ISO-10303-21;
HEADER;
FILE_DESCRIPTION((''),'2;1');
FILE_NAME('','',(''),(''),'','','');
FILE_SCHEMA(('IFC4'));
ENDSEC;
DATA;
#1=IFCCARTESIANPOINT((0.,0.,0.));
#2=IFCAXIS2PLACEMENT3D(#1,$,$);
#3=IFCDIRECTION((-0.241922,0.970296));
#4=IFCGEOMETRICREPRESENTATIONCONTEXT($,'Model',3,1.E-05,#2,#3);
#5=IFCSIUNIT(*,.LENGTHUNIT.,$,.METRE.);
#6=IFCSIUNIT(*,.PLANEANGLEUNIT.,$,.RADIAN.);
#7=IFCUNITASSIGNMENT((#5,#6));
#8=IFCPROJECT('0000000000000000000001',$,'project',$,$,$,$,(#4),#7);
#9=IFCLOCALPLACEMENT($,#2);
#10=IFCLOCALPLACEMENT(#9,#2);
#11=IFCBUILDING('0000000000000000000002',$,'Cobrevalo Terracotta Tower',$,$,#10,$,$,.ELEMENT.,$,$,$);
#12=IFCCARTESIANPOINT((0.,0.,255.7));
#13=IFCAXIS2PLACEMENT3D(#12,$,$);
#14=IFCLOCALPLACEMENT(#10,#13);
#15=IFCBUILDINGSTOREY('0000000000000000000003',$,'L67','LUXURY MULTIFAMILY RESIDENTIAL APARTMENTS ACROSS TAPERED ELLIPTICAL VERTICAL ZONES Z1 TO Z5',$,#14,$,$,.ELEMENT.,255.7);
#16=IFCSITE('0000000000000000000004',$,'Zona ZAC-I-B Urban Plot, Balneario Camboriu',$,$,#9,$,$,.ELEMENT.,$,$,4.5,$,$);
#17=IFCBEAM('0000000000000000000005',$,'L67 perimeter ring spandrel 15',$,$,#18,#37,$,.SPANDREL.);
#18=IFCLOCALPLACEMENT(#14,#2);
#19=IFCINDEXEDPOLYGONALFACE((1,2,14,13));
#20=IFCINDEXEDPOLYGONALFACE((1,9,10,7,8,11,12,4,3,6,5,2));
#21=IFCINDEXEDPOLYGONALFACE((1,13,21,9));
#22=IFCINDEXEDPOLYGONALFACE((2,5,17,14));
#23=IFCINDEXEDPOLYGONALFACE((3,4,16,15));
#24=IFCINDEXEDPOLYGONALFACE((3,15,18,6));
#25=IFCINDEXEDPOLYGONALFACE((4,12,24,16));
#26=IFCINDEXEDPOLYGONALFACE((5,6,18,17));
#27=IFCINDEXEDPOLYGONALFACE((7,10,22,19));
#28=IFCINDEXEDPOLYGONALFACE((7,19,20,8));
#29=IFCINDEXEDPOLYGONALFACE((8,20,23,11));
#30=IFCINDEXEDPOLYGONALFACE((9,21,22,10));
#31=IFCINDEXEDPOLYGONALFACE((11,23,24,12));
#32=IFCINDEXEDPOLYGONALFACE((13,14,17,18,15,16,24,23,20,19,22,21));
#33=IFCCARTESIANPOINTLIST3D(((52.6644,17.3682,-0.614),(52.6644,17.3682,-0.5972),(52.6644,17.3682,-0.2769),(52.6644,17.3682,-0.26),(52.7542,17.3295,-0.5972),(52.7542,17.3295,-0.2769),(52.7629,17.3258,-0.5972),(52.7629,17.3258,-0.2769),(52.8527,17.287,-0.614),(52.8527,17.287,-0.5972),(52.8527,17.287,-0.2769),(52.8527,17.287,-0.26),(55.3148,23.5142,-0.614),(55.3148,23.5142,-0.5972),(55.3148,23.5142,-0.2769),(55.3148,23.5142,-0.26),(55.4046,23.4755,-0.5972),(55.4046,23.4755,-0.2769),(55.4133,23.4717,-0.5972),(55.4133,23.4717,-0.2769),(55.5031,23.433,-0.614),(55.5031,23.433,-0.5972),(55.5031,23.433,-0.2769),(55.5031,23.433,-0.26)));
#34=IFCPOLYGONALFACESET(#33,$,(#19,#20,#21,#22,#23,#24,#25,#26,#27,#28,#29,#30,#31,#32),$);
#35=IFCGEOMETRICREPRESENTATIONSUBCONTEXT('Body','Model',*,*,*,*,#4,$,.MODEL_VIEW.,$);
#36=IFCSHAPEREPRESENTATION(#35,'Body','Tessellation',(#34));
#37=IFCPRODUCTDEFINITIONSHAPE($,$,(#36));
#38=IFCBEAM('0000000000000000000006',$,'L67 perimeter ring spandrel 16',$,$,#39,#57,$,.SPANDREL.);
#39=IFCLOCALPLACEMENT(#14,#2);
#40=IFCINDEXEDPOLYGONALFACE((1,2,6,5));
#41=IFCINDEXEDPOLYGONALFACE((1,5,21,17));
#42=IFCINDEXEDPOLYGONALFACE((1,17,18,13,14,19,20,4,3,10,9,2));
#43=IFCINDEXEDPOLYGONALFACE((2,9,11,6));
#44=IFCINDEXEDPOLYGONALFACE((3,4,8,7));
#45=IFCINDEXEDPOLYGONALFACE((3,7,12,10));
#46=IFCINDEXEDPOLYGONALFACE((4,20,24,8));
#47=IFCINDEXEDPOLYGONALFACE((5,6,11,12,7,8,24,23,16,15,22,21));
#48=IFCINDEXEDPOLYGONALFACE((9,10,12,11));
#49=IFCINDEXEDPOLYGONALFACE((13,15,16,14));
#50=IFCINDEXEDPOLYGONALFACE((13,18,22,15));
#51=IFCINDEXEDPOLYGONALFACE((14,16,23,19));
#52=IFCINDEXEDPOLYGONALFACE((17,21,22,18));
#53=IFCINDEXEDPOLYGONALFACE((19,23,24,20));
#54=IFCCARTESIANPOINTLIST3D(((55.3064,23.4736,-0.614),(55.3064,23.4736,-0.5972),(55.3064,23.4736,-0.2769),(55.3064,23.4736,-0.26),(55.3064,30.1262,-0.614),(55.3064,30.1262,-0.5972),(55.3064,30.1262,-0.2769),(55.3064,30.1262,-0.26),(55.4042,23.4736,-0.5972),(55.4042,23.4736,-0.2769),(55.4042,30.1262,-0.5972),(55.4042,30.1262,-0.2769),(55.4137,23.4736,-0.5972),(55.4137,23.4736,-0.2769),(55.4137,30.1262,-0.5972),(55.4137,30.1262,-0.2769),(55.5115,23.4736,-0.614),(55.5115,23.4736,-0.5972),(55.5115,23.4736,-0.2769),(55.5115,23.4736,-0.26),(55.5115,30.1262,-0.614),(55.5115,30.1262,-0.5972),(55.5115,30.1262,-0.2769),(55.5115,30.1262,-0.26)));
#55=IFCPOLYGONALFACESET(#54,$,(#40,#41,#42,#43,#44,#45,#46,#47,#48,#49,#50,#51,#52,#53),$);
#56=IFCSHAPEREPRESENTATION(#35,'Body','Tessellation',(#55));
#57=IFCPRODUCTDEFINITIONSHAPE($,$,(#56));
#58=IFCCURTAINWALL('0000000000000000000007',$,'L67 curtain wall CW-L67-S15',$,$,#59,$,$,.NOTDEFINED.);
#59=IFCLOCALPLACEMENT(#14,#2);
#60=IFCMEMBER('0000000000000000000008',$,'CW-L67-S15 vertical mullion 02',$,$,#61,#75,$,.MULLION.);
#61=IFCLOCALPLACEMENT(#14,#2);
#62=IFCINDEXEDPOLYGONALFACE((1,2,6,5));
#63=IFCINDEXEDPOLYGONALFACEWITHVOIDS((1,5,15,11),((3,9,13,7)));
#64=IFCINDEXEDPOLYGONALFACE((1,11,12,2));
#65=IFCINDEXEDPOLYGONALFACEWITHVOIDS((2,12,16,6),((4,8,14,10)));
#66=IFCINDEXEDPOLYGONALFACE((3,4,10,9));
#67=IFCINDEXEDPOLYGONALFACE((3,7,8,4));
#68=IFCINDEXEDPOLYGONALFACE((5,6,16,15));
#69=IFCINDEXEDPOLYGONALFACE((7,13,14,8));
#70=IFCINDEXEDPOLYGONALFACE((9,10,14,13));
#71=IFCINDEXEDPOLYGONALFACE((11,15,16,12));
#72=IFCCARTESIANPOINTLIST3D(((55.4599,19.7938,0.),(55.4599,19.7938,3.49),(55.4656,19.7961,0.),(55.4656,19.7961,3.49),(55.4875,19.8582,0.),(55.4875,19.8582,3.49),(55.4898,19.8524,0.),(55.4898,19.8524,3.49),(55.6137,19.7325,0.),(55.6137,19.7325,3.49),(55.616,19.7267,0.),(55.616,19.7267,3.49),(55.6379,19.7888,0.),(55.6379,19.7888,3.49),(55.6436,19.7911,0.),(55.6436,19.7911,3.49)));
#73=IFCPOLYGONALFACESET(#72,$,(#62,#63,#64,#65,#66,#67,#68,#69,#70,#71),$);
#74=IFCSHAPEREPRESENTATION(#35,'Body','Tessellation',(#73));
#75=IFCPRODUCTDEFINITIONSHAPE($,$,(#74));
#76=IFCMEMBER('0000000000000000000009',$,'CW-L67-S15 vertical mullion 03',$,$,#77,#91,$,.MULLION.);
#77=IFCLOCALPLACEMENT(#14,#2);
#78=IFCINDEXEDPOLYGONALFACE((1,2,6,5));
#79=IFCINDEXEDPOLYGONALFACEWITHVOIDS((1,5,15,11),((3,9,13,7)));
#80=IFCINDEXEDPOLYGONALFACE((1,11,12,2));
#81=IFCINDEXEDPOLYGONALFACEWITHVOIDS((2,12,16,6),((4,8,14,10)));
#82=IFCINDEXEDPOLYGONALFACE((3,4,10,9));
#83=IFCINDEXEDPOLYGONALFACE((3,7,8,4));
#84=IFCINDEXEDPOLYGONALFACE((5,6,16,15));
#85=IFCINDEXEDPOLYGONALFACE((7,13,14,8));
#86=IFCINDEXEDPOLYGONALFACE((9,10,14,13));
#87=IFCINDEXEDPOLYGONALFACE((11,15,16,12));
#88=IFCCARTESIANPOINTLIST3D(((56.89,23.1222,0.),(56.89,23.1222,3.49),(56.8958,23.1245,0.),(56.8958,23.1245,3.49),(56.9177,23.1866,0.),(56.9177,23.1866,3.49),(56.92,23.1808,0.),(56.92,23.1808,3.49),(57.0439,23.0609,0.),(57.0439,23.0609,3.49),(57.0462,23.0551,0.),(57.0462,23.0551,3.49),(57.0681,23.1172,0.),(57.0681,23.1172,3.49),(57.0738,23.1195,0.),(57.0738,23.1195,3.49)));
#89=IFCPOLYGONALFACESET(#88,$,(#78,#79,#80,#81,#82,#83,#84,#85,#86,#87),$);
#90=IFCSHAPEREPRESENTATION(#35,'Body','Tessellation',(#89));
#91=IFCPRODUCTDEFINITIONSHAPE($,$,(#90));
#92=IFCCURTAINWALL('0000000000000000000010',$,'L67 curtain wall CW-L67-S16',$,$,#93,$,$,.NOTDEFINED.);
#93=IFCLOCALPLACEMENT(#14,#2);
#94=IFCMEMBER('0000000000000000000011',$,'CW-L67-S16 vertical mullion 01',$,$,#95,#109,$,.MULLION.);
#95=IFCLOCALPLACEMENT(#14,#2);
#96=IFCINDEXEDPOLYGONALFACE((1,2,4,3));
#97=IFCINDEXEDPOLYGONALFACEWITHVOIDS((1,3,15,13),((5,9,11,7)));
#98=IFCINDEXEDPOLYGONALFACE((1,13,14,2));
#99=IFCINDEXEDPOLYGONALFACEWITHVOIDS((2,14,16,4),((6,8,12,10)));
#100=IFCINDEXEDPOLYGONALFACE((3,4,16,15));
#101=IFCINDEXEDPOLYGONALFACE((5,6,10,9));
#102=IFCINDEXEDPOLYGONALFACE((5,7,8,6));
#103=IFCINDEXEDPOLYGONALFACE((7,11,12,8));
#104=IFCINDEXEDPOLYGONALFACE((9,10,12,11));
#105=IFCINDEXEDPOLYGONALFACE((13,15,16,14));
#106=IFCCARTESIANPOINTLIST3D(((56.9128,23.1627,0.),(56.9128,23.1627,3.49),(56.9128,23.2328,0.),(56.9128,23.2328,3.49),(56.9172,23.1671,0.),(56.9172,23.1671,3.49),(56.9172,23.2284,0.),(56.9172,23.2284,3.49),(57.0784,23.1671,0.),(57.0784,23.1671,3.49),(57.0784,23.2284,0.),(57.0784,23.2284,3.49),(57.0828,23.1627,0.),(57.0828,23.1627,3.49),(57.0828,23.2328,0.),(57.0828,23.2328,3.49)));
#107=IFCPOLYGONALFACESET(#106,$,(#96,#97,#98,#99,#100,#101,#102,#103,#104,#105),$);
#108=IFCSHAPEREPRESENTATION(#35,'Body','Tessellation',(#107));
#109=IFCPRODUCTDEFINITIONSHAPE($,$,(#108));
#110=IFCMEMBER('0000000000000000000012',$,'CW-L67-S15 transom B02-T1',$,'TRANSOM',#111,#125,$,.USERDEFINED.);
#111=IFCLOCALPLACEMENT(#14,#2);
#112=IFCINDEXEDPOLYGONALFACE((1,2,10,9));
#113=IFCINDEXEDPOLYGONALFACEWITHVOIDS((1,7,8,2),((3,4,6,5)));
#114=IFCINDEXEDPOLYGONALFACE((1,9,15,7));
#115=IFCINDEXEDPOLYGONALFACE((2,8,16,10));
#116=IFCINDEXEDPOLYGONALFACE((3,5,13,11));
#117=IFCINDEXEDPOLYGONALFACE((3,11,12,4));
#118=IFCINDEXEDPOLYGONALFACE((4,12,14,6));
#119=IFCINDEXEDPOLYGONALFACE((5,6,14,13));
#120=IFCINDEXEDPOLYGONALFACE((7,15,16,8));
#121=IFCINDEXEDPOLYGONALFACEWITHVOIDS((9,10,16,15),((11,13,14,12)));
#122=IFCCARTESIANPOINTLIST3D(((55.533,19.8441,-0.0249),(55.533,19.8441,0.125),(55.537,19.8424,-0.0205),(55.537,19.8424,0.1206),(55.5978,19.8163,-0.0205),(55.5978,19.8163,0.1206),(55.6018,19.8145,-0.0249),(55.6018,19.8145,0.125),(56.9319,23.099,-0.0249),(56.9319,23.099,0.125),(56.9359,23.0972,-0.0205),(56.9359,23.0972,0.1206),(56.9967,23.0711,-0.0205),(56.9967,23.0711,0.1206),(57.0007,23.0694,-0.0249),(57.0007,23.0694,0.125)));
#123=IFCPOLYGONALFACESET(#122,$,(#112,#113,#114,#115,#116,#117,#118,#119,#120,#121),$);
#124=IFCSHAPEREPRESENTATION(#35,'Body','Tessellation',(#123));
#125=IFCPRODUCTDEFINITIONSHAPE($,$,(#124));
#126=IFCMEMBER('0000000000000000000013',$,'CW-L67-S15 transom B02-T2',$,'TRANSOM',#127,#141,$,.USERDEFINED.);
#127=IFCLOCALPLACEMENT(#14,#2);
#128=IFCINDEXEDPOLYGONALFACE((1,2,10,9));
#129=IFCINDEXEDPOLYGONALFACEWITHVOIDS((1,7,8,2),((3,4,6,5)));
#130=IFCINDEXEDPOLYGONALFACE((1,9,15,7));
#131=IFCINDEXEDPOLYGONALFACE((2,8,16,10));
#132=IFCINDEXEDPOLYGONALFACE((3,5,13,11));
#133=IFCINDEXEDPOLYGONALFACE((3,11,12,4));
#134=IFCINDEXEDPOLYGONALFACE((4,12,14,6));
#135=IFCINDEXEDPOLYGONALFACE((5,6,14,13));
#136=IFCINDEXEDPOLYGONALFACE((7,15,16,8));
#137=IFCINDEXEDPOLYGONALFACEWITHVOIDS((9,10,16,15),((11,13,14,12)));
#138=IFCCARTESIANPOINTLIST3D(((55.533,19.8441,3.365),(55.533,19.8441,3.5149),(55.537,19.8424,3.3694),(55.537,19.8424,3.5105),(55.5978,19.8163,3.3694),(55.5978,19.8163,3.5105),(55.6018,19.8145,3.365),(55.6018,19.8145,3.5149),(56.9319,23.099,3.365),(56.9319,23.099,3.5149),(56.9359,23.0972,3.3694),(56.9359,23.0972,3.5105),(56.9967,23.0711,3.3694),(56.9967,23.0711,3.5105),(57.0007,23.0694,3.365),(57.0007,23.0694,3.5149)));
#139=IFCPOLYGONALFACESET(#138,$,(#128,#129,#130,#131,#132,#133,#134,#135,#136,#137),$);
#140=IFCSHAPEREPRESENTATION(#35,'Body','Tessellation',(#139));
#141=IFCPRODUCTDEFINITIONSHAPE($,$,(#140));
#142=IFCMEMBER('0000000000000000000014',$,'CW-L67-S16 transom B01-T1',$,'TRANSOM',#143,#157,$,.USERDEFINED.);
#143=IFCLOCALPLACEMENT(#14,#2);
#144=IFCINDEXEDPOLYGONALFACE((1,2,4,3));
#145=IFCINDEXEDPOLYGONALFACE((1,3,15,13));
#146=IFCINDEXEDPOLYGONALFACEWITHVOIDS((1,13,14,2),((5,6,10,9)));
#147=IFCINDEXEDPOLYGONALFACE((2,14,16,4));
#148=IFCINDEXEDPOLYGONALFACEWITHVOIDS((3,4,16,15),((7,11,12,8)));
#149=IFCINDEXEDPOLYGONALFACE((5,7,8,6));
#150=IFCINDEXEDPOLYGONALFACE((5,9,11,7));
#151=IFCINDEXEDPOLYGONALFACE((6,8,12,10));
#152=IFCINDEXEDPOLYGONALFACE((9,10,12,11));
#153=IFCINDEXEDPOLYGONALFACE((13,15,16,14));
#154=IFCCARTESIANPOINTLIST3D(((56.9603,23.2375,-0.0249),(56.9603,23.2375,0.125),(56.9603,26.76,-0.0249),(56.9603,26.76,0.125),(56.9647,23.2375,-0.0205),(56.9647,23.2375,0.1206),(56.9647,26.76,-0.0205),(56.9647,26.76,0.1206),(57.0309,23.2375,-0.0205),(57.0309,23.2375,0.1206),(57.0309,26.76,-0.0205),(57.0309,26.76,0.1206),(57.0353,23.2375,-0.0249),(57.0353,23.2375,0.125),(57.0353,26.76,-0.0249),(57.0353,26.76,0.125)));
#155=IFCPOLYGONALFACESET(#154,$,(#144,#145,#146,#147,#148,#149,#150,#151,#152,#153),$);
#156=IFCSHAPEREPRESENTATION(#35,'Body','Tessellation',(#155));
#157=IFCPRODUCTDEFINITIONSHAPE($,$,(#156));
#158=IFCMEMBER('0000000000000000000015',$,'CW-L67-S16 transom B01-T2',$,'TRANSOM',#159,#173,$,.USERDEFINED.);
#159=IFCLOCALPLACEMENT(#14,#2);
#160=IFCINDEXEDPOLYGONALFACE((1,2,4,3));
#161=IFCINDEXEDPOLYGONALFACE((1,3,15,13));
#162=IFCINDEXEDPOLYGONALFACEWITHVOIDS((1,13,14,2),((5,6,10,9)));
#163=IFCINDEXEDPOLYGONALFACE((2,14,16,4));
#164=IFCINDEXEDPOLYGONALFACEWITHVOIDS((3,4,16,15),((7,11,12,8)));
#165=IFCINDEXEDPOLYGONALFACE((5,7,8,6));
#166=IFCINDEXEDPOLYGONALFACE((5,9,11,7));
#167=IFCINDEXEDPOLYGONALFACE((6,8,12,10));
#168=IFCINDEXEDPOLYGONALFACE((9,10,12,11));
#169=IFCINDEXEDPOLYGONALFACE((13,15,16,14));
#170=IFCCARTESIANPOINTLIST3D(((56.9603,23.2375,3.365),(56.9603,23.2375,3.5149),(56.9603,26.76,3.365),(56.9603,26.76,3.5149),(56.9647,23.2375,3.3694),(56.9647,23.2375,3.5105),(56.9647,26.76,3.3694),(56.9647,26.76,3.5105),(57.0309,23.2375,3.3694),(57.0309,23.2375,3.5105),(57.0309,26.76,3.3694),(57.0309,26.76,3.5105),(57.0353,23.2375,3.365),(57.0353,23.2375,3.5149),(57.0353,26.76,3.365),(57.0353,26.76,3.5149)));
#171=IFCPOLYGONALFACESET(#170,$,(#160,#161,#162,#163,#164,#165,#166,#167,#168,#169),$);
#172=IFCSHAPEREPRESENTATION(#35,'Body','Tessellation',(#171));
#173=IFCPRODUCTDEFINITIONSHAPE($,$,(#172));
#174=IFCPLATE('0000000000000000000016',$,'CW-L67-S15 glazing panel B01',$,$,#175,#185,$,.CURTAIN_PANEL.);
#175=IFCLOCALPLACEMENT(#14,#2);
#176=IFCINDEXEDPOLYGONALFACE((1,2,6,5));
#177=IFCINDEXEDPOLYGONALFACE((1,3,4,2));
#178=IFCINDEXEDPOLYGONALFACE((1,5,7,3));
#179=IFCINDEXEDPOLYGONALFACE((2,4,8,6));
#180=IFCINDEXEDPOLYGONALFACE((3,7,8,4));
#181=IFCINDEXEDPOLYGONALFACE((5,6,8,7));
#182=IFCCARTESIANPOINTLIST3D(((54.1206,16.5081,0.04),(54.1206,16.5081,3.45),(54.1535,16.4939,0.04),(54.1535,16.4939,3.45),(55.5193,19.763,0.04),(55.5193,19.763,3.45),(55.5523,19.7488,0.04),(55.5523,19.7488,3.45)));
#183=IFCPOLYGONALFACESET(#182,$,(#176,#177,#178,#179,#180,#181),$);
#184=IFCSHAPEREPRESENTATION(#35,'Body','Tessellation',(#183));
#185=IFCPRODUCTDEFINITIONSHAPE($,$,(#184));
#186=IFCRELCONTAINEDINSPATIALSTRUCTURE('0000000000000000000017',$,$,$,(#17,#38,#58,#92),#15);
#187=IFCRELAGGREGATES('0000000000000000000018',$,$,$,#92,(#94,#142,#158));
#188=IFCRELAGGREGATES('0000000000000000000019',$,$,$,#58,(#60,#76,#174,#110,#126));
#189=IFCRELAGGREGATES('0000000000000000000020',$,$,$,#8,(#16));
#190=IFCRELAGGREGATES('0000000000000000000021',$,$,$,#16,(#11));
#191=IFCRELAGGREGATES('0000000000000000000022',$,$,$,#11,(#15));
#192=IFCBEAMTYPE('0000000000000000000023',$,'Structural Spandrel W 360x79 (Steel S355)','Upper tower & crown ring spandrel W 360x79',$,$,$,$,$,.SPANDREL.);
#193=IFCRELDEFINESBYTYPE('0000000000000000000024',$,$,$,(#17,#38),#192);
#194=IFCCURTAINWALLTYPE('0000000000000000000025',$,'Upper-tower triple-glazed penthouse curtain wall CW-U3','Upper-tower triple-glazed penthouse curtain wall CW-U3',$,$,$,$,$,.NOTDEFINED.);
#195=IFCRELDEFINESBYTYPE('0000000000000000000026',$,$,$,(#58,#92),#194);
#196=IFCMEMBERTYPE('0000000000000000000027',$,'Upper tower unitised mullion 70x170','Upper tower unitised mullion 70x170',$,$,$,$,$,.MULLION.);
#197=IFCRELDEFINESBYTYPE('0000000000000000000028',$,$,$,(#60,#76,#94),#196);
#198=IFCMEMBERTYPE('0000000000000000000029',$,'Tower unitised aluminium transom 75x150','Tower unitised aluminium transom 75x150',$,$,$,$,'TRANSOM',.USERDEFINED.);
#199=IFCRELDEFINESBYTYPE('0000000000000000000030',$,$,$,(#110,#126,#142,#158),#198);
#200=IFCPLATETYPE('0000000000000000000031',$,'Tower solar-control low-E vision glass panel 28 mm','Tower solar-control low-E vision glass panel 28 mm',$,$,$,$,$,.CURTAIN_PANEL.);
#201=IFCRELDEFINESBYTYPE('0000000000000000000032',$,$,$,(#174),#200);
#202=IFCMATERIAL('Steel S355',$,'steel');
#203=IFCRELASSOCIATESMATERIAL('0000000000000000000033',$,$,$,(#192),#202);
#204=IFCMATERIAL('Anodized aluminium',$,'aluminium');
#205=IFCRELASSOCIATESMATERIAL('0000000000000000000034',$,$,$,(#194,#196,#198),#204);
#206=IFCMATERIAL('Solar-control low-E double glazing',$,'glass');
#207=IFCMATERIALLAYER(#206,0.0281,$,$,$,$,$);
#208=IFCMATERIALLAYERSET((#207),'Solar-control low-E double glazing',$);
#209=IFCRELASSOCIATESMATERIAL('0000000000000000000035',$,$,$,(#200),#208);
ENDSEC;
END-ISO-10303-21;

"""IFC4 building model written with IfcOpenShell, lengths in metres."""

from ifc_helpers import new_model, si_unit, direction, frame, origin, origin_2d, place, context, subcontext, project, spatial, rectangle, hollow_rectangle, i_section, extrude, source, transform, mapped, material, layer, layer_set, material_profile, profile_set, type_object, element, aggregate, save


model = new_model("IFC4")

# Units and contexts
model_context = context("Model", 3, precision=1e-05, world=origin(), true_north=direction((-0.241922, 0.970296)))
body_context = subcontext(model_context, "Body", "Model", "MODEL_VIEW")
ifc_project = project(units=[si_unit("LENGTHUNIT", "METRE"), si_unit("PLANEANGLEUNIT", "RADIAN")], contexts=[model_context])

# Site, building, storey
site_placement = place(None, origin())
site = spatial("IfcSite", under=ifc_project, at=site_placement, Name="Zona ZAC-I-B Urban Plot, Balneario Camboriu", CompositionType="ELEMENT", RefElevation=4.5)
building_placement = place(site_placement, origin())
building = spatial("IfcBuilding", under=site, at=building_placement, Name="Cobrevalo Terracotta Tower", CompositionType="ELEMENT")
storey_placement = place(building_placement, frame((0.0, 0.0, 255.7)))
storey = spatial("IfcBuildingStorey", under=building, at=storey_placement, Name="L67", Description="LUXURY MULTIFAMILY RESIDENTIAL APARTMENTS ACROSS TAPERED ELLIPTICAL VERTICAL ZONES Z1 TO Z5", CompositionType="ELEMENT", Elevation=255.7)

# Shared definitions
ifc_material_1 = material(Name="Steel S355", Category="steel")

# Beams
ifc_material_profile_1 = material_profile(ifc_material_1, i_section(OverallWidth=0.2051, OverallDepth=0.354, WebThickness=0.0095, FlangeThickness=0.0168, at=origin_2d()), Name="W 360x79")
ifc_profile_set_1 = profile_set([ifc_material_profile_1], Name="Steel S355")
beam_type_1 = type_object("IfcBeamType", Name="Structural Spandrel W 360x79 (Steel S355)", Description="Upper tower & crown ring spandrel W 360x79", PredefinedType="SPANDREL", material=ifc_profile_set_1)
beam_1_placement = place(storey_placement, frame((52.7585, 17.3276, -0.437), z_axis=(0.395987, 0.918256, 0.0), x_axis=(-0.918256, 0.395987, 0.0)))
element("IfcBeam", 1, at=beam_1_placement, inside=storey, type_object=beam_type_1, Name="L67 perimeter ring spandrel 15", PredefinedType="SPANDREL", context=body_context, shape_type="SweptSolid", body=[
    extrude(i_section(OverallWidth=0.2051, OverallDepth=0.354, WebThickness=0.0095, FlangeThickness=0.0168, at=origin_2d()), origin(), (0.0, 0.0, 1.0), 6.6931),
])
beam_2_placement = place(storey_placement, frame((55.4089, 23.4736, -0.437), z_axis=(0.0, 1.0, 0.0), x_axis=(-1.0, 0.0, 0.0)))
element("IfcBeam", 2, at=beam_2_placement, inside=storey, type_object=beam_type_1, Name="L67 perimeter ring spandrel 16", PredefinedType="SPANDREL", context=body_context, shape_type="SweptSolid", body=[
    extrude(i_section(OverallWidth=0.2051, OverallDepth=0.354, WebThickness=0.0095, FlangeThickness=0.0168, at=origin_2d()), origin(), (0.0, 0.0, 1.0), 6.6526),
])

# Curtain wall, members
ifc_material_2 = material(Name="Anodized aluminium", Category="aluminium")
curtain_wall_type = type_object("IfcCurtainWallType", Name="Upper-tower triple-glazed penthouse curtain wall CW-U3", Description="Upper-tower triple-glazed penthouse curtain wall CW-U3", PredefinedType="NOTDEFINED", material=ifc_material_2)
curtain_wall_1_placement = place(storey_placement, origin())
curtain_wall_1 = element("IfcCurtainWall", 3, at=curtain_wall_1_placement, inside=storey, type_object=curtain_wall_type, Name="L67 curtain wall CW-L67-S15", PredefinedType="NOTDEFINED")
ifc_material_profile_2 = material_profile(ifc_material_2, hollow_rectangle(XDim=0.0701, YDim=0.1699, WallThickness=0.0044, at=origin_2d()), Name="CWM 70x170")
ifc_profile_set_2 = profile_set([ifc_material_profile_2], Name="Anodized aluminium")
member_type_1 = type_object("IfcMemberType", Name="Upper tower unitised mullion 70x170", Description="Upper tower unitised mullion 70x170", PredefinedType="MULLION", material=ifc_profile_set_2)
shared_shape_1 = source(origin(), body_context, "Body", "SweptSolid", [
    extrude(hollow_rectangle(XDim=0.0701, YDim=0.1699, WallThickness=0.0044, at=origin_2d()), origin(), (0.0, 0.0, 1.0), 3.49),
])
member_1_placement = place(storey_placement, frame((55.5518, 19.7925, 0.0), z_axis=(0.0, 0.0, 1.0), x_axis=(0.394824, 0.918757, 0.0)))
member_1 = element("IfcMember", 4, at=member_1_placement, type_object=member_type_1, Name="CW-L67-S15 vertical mullion 02", PredefinedType="MULLION", context=body_context, shape_type="MappedRepresentation", body=[
    mapped(shared_shape_1, transform((0.0, 0.0, 0.0), scale=1.0)),
])
member_2_placement = place(storey_placement, frame((56.9819, 23.1208, 0.0), z_axis=(0.0, 0.0, 1.0), x_axis=(0.394824, 0.918757, 0.0)))
member_2 = element("IfcMember", 5, at=member_2_placement, type_object=member_type_1, Name="CW-L67-S15 vertical mullion 03", PredefinedType="MULLION", context=body_context, shape_type="MappedRepresentation", body=[
    mapped(shared_shape_1, transform((0.0, 0.0, 0.0), scale=1.0)),
])

# Curtain wall, member
curtain_wall_2_placement = place(storey_placement, origin())
curtain_wall_2 = element("IfcCurtainWall", 6, at=curtain_wall_2_placement, inside=storey, type_object=curtain_wall_type, Name="L67 curtain wall CW-L67-S16", PredefinedType="NOTDEFINED")
member_3_placement = place(storey_placement, frame((56.9978, 23.1978, 0.0), z_axis=(0.0, 0.0, 1.0), x_axis=(0.0, 1.0, 0.0)))
member_3 = element("IfcMember", 7, at=member_3_placement, type_object=member_type_1, Name="CW-L67-S16 vertical mullion 01", PredefinedType="MULLION", context=body_context, shape_type="MappedRepresentation", body=[
    mapped(shared_shape_1, transform((0.0, 0.0, 0.0), scale=1.0)),
])

# Members
ifc_material_profile_3 = material_profile(ifc_material_2, hollow_rectangle(XDim=0.075, YDim=0.1499, WallThickness=0.0044, at=origin_2d()), Name="CWT 75x150")
ifc_profile_set_3 = profile_set([ifc_material_profile_3], Name="Anodized aluminium")
member_type_2 = type_object("IfcMemberType", Name="Tower unitised aluminium transom 75x150", Description="Tower unitised aluminium transom 75x150", ElementType="TRANSOM", PredefinedType="USERDEFINED", material=ifc_profile_set_3)
shared_shape_2 = source(origin(), body_context, "Body", "SweptSolid", [
    extrude(hollow_rectangle(XDim=0.075, YDim=0.1499, WallThickness=0.0044, at=origin_2d()), origin(), (0.0, 0.0, 1.0), 3.5427),
])
member_4_placement = place(storey_placement, frame((55.5674, 19.8293, 0.05), z_axis=(0.394867, 0.918738, 0.0), x_axis=(-0.918738, 0.394867, 0.0)))
member_4 = element("IfcMember", 8, at=member_4_placement, type_object=member_type_2, Name="CW-L67-S15 transom B02-T1", ObjectType="TRANSOM", PredefinedType="USERDEFINED", context=body_context, shape_type="MappedRepresentation", body=[
    mapped(shared_shape_2, transform((0.0, 0.0, 0.0), scale=1.0)),
])
member_5_placement = place(storey_placement, frame((55.5674, 19.8293, 3.4399), z_axis=(0.394867, 0.918738, 0.0), x_axis=(-0.918738, 0.394867, 0.0)))
member_5 = element("IfcMember", 9, at=member_5_placement, type_object=member_type_2, Name="CW-L67-S15 transom B02-T2", ObjectType="TRANSOM", PredefinedType="USERDEFINED", context=body_context, shape_type="MappedRepresentation", body=[
    mapped(shared_shape_2, transform((0.0, 0.0, 0.0), scale=1.0)),
])
shared_shape_3 = source(origin(), body_context, "Body", "SweptSolid", [
    extrude(hollow_rectangle(XDim=0.075, YDim=0.1499, WallThickness=0.0044, at=origin_2d()), origin(), (0.0, 0.0, 1.0), 3.5225),
])
member_6_placement = place(storey_placement, frame((56.9978, 23.2375, 0.05), z_axis=(0.0, 1.0, 0.0), x_axis=(-1.0, 0.0, 0.0)))
member_6 = element("IfcMember", 10, at=member_6_placement, type_object=member_type_2, Name="CW-L67-S16 transom B01-T1", ObjectType="TRANSOM", PredefinedType="USERDEFINED", context=body_context, shape_type="MappedRepresentation", body=[
    mapped(shared_shape_3, transform((0.0, 0.0, 0.0), scale=1.0)),
])
member_7_placement = place(storey_placement, frame((56.9978, 23.2375, 3.4399), z_axis=(0.0, 1.0, 0.0), x_axis=(-1.0, 0.0, 0.0)))
member_7 = element("IfcMember", 11, at=member_7_placement, type_object=member_type_2, Name="CW-L67-S16 transom B01-T2", ObjectType="TRANSOM", PredefinedType="USERDEFINED", context=body_context, shape_type="MappedRepresentation", body=[
    mapped(shared_shape_3, transform((0.0, 0.0, 0.0), scale=1.0)),
])
aggregate(curtain_wall_2, [member_3, member_6, member_7])

# Plate
ifc_material_3 = material(Name="Solar-control low-E double glazing", Category="glass")
ifc_layer_1 = layer(ifc_material_3, 0.0281)
ifc_layer_set_1 = layer_set([ifc_layer_1], Name="Solar-control low-E double glazing")
plate_type = type_object("IfcPlateType", Name="Tower solar-control low-E vision glass panel 28 mm", Description="Tower solar-control low-E vision glass panel 28 mm", PredefinedType="CURTAIN_PANEL", material=ifc_layer_set_1)
shared_shape_4 = source(origin(), body_context, "Body", "SweptSolid", [
    extrude(rectangle(XDim=3.5427, YDim=0.0359, at=origin_2d()), origin(), (0.0, 0.0, 1.0), 3.4099),
])
plate_1_placement = place(storey_placement, frame((54.8364, 18.1284, 0.04), z_axis=(0.0, 0.0, 1.0), x_axis=(0.394829, 0.918755, 0.0)))
plate_1 = element("IfcPlate", 12, at=plate_1_placement, type_object=plate_type, Name="CW-L67-S15 glazing panel B01", PredefinedType="CURTAIN_PANEL", context=body_context, shape_type="MappedRepresentation", body=[
    mapped(shared_shape_4, transform((0.0, 0.0, 0.0), scale=1.0)),
])
aggregate(curtain_wall_1, [member_1, member_2, plate_1, member_4, member_5])

save(model, "model.ifc")
